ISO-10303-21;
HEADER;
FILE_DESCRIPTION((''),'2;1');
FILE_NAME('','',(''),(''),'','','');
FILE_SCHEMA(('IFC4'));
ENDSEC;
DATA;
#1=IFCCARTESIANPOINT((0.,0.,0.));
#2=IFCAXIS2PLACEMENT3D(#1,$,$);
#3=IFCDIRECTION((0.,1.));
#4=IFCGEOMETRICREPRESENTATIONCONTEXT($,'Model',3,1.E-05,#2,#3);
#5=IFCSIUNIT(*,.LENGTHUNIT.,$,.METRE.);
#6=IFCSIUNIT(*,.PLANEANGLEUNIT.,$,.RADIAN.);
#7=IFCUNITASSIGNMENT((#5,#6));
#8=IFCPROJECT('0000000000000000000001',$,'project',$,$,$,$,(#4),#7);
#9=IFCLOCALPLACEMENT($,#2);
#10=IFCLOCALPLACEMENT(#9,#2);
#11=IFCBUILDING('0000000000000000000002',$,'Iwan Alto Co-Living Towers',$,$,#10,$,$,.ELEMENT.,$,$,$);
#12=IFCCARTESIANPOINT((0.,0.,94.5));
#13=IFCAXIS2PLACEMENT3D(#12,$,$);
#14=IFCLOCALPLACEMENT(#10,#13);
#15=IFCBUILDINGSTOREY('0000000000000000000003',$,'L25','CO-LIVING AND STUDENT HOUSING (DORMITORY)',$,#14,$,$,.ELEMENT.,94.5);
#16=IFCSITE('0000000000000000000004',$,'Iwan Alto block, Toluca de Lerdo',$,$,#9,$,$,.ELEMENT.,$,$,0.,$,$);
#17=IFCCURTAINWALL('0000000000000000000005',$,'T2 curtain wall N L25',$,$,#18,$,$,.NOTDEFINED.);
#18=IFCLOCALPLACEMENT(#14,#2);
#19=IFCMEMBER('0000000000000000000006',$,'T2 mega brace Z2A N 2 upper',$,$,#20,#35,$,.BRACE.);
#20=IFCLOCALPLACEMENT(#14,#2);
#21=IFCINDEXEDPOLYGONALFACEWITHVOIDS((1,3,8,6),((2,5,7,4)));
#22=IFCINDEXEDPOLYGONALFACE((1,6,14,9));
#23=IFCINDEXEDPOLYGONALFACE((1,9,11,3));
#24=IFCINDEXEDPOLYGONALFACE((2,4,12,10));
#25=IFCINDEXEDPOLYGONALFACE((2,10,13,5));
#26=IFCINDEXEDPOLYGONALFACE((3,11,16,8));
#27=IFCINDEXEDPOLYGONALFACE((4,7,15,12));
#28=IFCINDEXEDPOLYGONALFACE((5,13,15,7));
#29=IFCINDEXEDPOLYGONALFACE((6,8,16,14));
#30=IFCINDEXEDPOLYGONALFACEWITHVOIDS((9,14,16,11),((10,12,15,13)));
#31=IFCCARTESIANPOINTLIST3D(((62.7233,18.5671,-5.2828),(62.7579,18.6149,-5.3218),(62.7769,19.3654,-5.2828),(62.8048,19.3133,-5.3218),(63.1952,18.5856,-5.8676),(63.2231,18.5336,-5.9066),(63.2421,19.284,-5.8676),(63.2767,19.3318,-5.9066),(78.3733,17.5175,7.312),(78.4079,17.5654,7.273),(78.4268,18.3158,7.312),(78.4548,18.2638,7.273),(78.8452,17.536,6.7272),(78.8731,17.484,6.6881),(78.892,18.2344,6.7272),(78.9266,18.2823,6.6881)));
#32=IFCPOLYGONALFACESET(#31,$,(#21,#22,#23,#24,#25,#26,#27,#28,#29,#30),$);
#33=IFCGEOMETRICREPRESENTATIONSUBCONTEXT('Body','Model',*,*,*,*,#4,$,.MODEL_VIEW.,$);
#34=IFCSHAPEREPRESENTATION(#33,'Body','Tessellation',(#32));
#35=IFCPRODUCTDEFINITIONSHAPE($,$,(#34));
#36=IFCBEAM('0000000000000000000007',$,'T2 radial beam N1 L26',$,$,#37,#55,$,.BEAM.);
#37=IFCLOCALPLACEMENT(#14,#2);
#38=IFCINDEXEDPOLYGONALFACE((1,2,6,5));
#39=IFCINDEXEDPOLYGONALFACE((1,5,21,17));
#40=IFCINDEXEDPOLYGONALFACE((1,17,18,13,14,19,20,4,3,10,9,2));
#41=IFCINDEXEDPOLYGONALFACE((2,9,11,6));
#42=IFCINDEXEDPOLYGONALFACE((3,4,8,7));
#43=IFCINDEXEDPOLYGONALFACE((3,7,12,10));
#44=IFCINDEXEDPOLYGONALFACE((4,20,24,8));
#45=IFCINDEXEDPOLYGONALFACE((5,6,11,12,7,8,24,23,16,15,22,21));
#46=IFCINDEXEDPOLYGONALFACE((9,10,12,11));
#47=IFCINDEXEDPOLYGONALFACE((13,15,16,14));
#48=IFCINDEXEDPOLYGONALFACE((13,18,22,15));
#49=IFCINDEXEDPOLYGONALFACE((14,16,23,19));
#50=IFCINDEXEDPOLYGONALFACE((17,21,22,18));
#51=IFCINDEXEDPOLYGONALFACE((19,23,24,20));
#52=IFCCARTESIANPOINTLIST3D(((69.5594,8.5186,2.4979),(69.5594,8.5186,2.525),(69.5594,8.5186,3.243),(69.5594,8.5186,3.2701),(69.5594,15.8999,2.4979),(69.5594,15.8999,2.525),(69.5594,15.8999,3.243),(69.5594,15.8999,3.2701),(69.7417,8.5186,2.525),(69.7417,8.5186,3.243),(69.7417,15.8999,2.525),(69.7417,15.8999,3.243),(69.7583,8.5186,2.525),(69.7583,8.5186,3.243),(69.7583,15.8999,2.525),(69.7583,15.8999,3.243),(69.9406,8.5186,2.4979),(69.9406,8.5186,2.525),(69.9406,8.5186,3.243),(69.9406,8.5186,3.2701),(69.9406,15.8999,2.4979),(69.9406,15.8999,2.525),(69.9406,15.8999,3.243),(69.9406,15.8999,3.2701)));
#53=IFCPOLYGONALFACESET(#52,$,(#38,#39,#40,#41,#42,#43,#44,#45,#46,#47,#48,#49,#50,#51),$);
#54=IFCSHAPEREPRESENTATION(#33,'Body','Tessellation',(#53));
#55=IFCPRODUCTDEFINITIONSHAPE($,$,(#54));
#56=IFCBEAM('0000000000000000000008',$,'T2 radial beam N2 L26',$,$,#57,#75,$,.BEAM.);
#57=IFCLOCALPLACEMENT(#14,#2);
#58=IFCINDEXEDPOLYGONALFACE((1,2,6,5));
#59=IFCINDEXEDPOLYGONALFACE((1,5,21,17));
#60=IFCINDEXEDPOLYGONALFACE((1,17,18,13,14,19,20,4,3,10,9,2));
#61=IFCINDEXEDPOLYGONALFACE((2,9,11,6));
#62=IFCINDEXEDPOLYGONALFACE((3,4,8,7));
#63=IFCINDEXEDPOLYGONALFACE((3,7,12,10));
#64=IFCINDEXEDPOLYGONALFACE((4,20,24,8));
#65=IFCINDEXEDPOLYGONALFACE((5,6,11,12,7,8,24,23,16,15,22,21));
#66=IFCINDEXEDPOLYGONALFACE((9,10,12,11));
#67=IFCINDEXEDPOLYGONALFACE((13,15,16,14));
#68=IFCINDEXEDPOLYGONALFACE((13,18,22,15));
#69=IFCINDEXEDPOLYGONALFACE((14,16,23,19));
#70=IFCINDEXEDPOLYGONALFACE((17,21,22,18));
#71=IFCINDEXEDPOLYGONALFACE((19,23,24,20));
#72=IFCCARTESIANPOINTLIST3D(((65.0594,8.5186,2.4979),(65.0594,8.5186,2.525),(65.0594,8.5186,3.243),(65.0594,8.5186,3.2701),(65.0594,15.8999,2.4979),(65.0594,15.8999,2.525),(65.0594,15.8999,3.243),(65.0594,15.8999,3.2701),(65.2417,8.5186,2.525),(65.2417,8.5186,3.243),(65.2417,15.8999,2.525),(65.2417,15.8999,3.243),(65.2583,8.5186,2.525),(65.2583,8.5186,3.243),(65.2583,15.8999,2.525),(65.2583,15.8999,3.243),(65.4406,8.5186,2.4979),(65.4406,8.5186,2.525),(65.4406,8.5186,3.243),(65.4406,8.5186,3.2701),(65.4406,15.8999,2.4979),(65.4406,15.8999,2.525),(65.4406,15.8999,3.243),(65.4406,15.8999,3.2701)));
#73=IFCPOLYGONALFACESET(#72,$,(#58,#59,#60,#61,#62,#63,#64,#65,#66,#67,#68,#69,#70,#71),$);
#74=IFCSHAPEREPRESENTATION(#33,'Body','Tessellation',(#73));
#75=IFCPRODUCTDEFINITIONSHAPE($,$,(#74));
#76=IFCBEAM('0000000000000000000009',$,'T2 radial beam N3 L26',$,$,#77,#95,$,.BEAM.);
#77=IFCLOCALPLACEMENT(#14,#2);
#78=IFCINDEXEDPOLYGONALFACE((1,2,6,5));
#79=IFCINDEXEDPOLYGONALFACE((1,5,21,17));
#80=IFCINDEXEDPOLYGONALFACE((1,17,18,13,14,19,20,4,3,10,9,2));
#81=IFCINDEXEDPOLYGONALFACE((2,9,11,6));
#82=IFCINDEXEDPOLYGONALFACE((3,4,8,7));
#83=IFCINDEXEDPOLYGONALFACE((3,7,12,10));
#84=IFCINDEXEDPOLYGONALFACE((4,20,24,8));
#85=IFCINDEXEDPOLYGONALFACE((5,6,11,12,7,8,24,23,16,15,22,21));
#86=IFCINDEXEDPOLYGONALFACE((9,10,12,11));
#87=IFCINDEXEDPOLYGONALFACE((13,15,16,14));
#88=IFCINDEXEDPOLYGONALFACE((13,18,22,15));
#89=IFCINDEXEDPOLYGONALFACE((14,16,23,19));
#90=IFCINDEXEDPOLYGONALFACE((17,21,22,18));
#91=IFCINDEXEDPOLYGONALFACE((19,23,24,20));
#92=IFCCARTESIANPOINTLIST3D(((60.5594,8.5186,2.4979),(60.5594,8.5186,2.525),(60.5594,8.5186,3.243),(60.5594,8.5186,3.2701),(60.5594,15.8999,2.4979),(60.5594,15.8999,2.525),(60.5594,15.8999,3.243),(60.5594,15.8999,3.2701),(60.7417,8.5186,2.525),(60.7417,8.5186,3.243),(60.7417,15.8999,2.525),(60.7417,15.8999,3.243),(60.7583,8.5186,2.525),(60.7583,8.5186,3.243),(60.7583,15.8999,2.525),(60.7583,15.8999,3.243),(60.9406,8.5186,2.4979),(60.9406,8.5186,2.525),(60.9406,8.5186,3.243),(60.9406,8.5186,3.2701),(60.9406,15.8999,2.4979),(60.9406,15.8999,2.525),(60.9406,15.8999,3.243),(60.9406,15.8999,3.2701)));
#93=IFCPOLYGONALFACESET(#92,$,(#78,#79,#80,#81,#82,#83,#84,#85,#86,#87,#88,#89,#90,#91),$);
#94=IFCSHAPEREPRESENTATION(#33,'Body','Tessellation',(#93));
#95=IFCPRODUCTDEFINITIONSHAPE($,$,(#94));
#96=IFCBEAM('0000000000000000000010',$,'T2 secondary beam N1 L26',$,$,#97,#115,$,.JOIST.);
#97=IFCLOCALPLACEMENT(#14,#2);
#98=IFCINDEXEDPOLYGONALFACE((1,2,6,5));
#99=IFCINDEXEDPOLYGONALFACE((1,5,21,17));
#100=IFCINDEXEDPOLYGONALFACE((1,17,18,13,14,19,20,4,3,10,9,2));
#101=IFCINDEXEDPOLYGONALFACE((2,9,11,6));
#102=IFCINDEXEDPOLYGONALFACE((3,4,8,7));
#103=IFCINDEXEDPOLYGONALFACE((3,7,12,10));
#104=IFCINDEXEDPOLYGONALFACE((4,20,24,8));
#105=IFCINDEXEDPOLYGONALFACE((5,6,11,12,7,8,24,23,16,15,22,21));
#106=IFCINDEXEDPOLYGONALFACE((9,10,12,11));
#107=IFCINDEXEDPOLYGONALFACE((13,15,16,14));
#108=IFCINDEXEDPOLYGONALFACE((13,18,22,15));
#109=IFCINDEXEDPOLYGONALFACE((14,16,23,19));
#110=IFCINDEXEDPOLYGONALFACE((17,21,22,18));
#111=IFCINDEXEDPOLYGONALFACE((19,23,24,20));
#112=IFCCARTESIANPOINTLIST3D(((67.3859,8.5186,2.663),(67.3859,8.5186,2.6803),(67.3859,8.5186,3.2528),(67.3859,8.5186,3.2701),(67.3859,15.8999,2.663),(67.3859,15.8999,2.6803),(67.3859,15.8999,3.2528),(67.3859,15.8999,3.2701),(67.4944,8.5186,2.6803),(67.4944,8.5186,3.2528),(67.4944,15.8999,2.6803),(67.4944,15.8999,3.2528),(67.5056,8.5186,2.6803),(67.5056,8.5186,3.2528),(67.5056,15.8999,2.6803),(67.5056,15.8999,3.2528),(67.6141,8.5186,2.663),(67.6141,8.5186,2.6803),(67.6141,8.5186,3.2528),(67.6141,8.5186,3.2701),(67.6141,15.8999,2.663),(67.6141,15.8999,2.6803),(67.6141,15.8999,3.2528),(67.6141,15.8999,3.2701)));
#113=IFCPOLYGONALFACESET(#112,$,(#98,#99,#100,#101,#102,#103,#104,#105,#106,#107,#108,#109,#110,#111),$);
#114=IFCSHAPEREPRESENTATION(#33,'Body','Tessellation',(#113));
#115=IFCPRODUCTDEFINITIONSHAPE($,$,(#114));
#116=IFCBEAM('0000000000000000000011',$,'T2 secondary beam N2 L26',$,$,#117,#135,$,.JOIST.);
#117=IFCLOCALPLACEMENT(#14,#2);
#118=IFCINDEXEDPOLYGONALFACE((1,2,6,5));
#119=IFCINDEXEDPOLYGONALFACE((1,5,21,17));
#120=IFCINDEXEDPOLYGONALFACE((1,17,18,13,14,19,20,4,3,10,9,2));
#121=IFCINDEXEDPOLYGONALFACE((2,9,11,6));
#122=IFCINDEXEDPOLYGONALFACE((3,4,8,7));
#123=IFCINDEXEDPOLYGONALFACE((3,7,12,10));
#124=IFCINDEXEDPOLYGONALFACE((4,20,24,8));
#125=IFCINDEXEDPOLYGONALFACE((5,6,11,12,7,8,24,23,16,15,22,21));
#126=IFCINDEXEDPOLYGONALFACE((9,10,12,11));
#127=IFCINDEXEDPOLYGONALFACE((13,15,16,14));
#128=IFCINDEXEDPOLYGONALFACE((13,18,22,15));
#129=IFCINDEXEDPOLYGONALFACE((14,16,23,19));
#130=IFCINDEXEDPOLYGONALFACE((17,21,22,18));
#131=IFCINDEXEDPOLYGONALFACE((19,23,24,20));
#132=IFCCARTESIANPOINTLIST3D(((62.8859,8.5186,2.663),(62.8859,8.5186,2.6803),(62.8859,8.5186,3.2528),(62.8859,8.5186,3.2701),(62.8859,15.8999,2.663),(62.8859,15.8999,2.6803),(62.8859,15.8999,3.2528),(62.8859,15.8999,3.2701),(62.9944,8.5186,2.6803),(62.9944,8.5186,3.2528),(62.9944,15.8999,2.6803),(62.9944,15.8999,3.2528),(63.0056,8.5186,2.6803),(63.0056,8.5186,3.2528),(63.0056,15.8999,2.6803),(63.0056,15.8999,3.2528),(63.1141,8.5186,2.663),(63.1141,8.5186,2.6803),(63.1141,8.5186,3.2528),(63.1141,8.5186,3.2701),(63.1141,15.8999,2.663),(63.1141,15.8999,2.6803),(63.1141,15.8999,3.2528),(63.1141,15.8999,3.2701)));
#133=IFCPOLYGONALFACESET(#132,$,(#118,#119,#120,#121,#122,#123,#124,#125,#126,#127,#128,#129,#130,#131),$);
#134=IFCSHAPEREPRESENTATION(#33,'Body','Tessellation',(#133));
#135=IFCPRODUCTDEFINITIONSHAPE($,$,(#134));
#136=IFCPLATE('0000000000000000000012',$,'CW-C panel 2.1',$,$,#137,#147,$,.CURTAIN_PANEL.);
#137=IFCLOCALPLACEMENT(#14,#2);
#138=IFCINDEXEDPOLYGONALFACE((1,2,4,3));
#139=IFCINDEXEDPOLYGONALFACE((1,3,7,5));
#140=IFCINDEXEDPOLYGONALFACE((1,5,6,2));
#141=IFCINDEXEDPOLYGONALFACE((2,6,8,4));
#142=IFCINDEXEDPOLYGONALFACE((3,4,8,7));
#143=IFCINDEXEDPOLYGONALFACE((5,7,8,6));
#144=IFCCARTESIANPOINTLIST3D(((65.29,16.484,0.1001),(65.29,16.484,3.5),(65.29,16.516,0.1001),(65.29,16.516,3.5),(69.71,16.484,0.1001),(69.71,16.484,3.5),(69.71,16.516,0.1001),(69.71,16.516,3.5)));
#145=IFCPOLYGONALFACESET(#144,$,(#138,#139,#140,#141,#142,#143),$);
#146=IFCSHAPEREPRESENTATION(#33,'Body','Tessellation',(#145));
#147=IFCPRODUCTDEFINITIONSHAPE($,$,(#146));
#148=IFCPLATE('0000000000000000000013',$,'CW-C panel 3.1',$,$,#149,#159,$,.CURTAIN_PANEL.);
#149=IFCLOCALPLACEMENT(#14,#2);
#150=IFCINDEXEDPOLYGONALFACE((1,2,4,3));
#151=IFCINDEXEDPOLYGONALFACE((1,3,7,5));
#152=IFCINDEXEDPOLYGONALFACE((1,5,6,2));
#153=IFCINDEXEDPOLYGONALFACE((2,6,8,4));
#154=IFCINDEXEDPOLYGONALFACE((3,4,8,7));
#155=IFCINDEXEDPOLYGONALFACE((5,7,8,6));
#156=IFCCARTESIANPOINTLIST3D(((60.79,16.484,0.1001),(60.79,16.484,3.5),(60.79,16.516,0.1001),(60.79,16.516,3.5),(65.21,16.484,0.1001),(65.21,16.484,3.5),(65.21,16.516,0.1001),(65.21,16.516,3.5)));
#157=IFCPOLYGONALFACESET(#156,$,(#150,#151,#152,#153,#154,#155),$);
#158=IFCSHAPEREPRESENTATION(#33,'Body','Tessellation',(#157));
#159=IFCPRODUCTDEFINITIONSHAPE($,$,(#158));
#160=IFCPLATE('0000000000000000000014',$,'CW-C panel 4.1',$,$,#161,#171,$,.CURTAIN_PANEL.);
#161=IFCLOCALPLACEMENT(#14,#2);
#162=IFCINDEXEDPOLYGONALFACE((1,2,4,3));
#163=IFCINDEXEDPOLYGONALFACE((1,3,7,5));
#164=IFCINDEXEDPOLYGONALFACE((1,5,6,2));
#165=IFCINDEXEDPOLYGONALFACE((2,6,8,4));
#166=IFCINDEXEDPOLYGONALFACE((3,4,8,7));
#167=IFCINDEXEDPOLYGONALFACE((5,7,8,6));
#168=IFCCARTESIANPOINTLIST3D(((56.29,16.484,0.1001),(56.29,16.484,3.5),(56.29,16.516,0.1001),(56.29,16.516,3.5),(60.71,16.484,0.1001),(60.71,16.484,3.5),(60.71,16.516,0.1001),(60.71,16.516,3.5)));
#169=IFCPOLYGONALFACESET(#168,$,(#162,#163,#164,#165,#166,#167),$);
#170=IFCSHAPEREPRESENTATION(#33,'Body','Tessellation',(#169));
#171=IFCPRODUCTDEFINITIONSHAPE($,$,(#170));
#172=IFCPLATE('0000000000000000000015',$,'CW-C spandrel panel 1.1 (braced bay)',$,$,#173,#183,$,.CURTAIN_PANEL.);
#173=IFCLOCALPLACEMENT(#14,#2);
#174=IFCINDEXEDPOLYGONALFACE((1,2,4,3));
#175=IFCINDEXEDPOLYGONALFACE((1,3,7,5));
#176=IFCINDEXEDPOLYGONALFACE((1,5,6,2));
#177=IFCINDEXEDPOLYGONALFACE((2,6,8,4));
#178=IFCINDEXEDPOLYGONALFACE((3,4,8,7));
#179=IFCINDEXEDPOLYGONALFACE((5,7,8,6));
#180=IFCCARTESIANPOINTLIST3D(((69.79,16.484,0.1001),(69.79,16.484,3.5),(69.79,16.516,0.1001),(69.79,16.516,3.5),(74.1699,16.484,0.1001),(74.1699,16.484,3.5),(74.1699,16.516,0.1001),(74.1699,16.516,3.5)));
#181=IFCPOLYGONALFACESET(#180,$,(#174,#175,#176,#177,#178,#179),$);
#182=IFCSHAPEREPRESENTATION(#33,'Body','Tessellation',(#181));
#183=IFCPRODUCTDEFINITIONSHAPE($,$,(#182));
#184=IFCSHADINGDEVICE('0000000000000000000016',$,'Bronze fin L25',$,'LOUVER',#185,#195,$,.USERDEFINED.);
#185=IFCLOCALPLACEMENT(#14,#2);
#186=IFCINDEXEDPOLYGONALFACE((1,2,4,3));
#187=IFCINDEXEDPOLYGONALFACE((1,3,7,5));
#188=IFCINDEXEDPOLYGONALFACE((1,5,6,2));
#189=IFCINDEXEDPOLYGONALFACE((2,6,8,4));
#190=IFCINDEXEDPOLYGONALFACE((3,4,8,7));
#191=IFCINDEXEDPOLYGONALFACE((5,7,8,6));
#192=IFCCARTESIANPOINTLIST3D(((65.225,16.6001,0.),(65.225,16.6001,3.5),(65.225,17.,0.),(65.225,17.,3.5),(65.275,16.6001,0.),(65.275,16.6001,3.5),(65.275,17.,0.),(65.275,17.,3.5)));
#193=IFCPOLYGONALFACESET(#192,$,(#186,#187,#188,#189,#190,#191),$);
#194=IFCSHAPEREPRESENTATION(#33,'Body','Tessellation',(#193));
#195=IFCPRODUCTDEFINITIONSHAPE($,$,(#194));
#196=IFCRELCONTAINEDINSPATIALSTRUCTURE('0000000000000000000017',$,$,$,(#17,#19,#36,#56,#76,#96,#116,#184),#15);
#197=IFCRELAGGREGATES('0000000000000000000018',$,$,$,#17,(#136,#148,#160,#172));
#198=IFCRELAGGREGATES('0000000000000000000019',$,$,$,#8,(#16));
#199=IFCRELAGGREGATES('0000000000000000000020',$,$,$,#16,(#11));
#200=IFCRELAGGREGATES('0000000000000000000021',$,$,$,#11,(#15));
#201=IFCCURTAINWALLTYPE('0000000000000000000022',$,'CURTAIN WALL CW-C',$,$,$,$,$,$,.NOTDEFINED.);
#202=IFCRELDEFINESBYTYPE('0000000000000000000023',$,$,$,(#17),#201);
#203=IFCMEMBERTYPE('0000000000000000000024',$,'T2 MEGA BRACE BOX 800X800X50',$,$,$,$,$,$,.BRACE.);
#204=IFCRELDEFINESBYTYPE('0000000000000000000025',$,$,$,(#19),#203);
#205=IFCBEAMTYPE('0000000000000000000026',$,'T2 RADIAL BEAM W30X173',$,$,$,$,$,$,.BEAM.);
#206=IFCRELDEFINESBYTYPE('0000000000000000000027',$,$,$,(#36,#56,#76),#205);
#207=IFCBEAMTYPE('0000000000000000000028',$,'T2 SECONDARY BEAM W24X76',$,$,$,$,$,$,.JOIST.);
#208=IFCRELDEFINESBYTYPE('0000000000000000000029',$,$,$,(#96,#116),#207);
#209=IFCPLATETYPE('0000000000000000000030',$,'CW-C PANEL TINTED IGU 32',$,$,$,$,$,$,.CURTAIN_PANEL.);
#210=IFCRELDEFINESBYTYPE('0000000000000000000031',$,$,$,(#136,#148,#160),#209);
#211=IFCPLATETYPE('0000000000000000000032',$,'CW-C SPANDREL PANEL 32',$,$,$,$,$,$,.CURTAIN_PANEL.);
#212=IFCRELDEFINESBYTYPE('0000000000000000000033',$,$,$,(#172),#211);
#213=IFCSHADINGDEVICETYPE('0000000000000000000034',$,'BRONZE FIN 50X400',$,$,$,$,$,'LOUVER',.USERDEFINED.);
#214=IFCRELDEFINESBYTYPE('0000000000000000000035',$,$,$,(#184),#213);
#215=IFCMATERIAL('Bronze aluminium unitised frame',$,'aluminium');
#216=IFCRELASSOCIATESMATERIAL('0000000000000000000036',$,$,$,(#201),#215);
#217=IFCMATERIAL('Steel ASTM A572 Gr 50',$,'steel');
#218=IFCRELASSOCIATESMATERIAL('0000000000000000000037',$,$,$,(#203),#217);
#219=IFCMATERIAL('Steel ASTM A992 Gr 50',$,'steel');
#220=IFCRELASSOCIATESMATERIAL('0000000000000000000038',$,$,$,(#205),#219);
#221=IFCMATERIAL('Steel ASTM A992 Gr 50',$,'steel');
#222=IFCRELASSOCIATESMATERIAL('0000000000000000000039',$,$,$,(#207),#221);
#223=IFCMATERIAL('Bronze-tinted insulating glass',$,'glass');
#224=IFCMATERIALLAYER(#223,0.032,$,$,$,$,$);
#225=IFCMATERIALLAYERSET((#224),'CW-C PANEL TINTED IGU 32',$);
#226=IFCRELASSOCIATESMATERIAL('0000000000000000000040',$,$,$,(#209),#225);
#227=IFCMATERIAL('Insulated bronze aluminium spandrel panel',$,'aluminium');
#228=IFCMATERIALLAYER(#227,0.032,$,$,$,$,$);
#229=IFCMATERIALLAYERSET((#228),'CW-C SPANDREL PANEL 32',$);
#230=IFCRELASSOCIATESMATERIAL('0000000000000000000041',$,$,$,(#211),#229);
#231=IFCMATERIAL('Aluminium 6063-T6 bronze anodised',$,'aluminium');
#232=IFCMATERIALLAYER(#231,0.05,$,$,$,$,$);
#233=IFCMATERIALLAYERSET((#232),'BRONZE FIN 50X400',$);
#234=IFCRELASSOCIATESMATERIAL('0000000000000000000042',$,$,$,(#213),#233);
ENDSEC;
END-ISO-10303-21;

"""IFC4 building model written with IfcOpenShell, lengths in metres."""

from ifc_helpers import new_model, si_unit, direction, frame, origin, origin_2d, place, context, subcontext, project, spatial, rectangle, hollow_rectangle, i_section, extrude, material, layer, layer_set, material_profile, profile_set, type_object, element, aggregate, save


model = new_model("IFC4")

# Units and contexts
model_context = context("Model", 3, precision=1e-05, world=origin(), true_north=direction((0.0, 1.0)))
body_context = subcontext(model_context, "Body", "Model", "MODEL_VIEW")
ifc_project = project(units=[si_unit("LENGTHUNIT", "METRE"), si_unit("PLANEANGLEUNIT", "RADIAN")], contexts=[model_context])

# Site, building, storey
site_placement = place(None, origin())
site = spatial("IfcSite", under=ifc_project, at=site_placement, Name="Iwan Alto block, Toluca de Lerdo", CompositionType="ELEMENT", RefElevation=0.0)
building_placement = place(site_placement, origin())
building = spatial("IfcBuilding", under=site, at=building_placement, Name="Iwan Alto Co-Living Towers", CompositionType="ELEMENT")
storey_placement = place(building_placement, frame((0.0, 0.0, 94.5)))
storey = spatial("IfcBuildingStorey", under=building, at=storey_placement, Name="L25", Description="CO-LIVING AND STUDENT HOUSING (DORMITORY)", CompositionType="ELEMENT", Elevation=94.5)

# Curtain wall
ifc_material_1 = material(Name="Bronze aluminium unitised frame", Category="aluminium")
curtain_wall_type = type_object("IfcCurtainWallType", Name="CURTAIN WALL CW-C", PredefinedType="NOTDEFINED", material=ifc_material_1)
curtain_wall_placement = place(storey_placement, origin())
curtain_wall = element("IfcCurtainWall", 1, at=curtain_wall_placement, inside=storey, type_object=curtain_wall_type, Name="T2 curtain wall N L25", PredefinedType="NOTDEFINED")

# Member
ifc_material_2 = material(Name="Steel ASTM A572 Gr 50", Category="steel")
ifc_material_profile_1 = material_profile(ifc_material_2, hollow_rectangle(XDim=0.8, YDim=0.8, WallThickness=0.05, at=origin_2d()), Name="BOX 800X800X50")
ifc_profile_set_1 = profile_set([ifc_material_profile_1], Name="Steel ASTM A572 Gr 50")
member_type_1 = type_object("IfcMemberType", Name="T2 MEGA BRACE BOX 800X800X50", PredefinedType="BRACE", material=ifc_profile_set_1)
for number, where, z_axis, x_axis, name in (
    (2, (63.0, 18.9495, -5.5947), (0.777988, -0.052176, 0.626109), (0.066915, 0.997759, 0.0), "T2 mega brace Z2A N 2 upper"),
):
    element("IfcMember", number, at=place(storey_placement, frame(where, z_axis=z_axis, x_axis=x_axis)), inside=storey, type_object=member_type_1, Name=name, PredefinedType="BRACE", context=body_context, shape_type="SweptSolid", body=[
        extrude(hollow_rectangle(XDim=0.8, YDim=0.8, WallThickness=0.05, at=origin_2d()), origin(), (0.0, 0.0, 1.0), 20.116),
    ])

# Beams
ifc_material_3 = material(Name="Steel ASTM A992 Gr 50", Category="steel")
ifc_material_profile_2 = material_profile(ifc_material_3, i_section(OverallWidth=0.3811, OverallDepth=0.7722, WebThickness=0.0166, FlangeThickness=0.0271, at=origin_2d()), Name="W30X173")
ifc_profile_set_2 = profile_set([ifc_material_profile_2], Name="Steel ASTM A992 Gr 50")
beam_type_1 = type_object("IfcBeamType", Name="T2 RADIAL BEAM W30X173", PredefinedType="BEAM", material=ifc_profile_set_2)
for number, where, z_axis, x_axis, name in (
    (3, (69.75, 15.8999, 2.884), (0.0, -1.0, 0.0), (1.0, 0.0, 0.0), "T2 radial beam N1 L26"),
    (4, (65.25, 15.8999, 2.884), (0.0, -1.0, 0.0), (1.0, 0.0, 0.0), "T2 radial beam N2 L26"),
    (5, (60.75, 15.8999, 2.884), (0.0, -1.0, 0.0), (1.0, 0.0, 0.0), "T2 radial beam N3 L26"),
):
    element("IfcBeam", number, at=place(storey_placement, frame(where, z_axis=z_axis, x_axis=x_axis)), inside=storey, type_object=beam_type_1, Name=name, PredefinedType="BEAM", context=body_context, shape_type="SweptSolid", body=[
        extrude(i_section(OverallWidth=0.3811, OverallDepth=0.7722, WebThickness=0.0166, FlangeThickness=0.0271, at=origin_2d()), origin(), (0.0, 0.0, 1.0), 7.3813),
    ])
ifc_material_4 = material(Name="Steel ASTM A992 Gr 50", Category="steel")
ifc_material_profile_3 = material_profile(ifc_material_4, i_section(OverallWidth=0.2283, OverallDepth=0.6072, WebThickness=0.0112, FlangeThickness=0.0173, at=origin_2d()), Name="W24X76")
ifc_profile_set_3 = profile_set([ifc_material_profile_3], Name="Steel ASTM A992 Gr 50")
beam_type_2 = type_object("IfcBeamType", Name="T2 SECONDARY BEAM W24X76", PredefinedType="JOIST", material=ifc_profile_set_3)
for number, where, z_axis, x_axis, name in (
    (6, (67.5, 15.8999, 2.9666), (0.0, -1.0, 0.0), (1.0, 0.0, 0.0), "T2 secondary beam N1 L26"),
    (7, (63.0, 15.8999, 2.9666), (0.0, -1.0, 0.0), (1.0, 0.0, 0.0), "T2 secondary beam N2 L26"),
):
    element("IfcBeam", number, at=place(storey_placement, frame(where, z_axis=z_axis, x_axis=x_axis)), inside=storey, type_object=beam_type_2, Name=name, PredefinedType="JOIST", context=body_context, shape_type="SweptSolid", body=[
        extrude(i_section(OverallWidth=0.2283, OverallDepth=0.6072, WebThickness=0.0112, FlangeThickness=0.0173, at=origin_2d()), origin(), (0.0, 0.0, 1.0), 7.3813),
    ])

# Plates
ifc_material_5 = material(Name="Bronze-tinted insulating glass", Category="glass")
ifc_layer_1 = layer(ifc_material_5, 0.032)
ifc_layer_set_1 = layer_set([ifc_layer_1], Name="CW-C PANEL TINTED IGU 32")
plate_type_1 = type_object("IfcPlateType", Name="CW-C PANEL TINTED IGU 32", PredefinedType="CURTAIN_PANEL", material=ifc_layer_set_1)
plate_1_placement = place(storey_placement, frame((67.5, 16.5, 0.1001), z_axis=(0.0, 0.0, 1.0), x_axis=(-1.0, 0.0, 0.0)))
plate_1 = element("IfcPlate", 8, at=plate_1_placement, type_object=plate_type_1, Name="CW-C panel 2.1", PredefinedType="CURTAIN_PANEL", context=body_context, shape_type="SweptSolid", body=[
    extrude(rectangle(XDim=4.4199, YDim=0.032, at=origin_2d()), origin(), (0.0, 0.0, 1.0), 3.3999),
])
plate_2_placement = place(storey_placement, frame((63.0, 16.5, 0.1001), z_axis=(0.0, 0.0, 1.0), x_axis=(-1.0, 0.0, 0.0)))
plate_2 = element("IfcPlate", 9, at=plate_2_placement, type_object=plate_type_1, Name="CW-C panel 3.1", PredefinedType="CURTAIN_PANEL", context=body_context, shape_type="SweptSolid", body=[
    extrude(rectangle(XDim=4.4199, YDim=0.032, at=origin_2d()), origin(), (0.0, 0.0, 1.0), 3.3999),
])
plate_3_placement = place(storey_placement, frame((58.5, 16.5, 0.1001), z_axis=(0.0, 0.0, 1.0), x_axis=(-1.0, 0.0, 0.0)))
plate_3 = element("IfcPlate", 10, at=plate_3_placement, type_object=plate_type_1, Name="CW-C panel 4.1", PredefinedType="CURTAIN_PANEL", context=body_context, shape_type="SweptSolid", body=[
    extrude(rectangle(XDim=4.4199, YDim=0.032, at=origin_2d()), origin(), (0.0, 0.0, 1.0), 3.3999),
])
ifc_material_6 = material(Name="Insulated bronze aluminium spandrel panel", Category="aluminium")
ifc_layer_2 = layer(ifc_material_6, 0.032)
ifc_layer_set_2 = layer_set([ifc_layer_2], Name="CW-C SPANDREL PANEL 32")
plate_type_2 = type_object("IfcPlateType", Name="CW-C SPANDREL PANEL 32", PredefinedType="CURTAIN_PANEL", material=ifc_layer_set_2)
plate_4_placement = place(storey_placement, frame((71.98, 16.5, 0.1001), z_axis=(0.0, 0.0, 1.0), x_axis=(-1.0, 0.0, 0.0)))
plate_4 = element("IfcPlate", 11, at=plate_4_placement, type_object=plate_type_2, Name="CW-C spandrel panel 1.1 (braced bay)", PredefinedType="CURTAIN_PANEL", context=body_context, shape_type="SweptSolid", body=[
    extrude(rectangle(XDim=4.3799, YDim=0.032, at=origin_2d()), origin(), (0.0, 0.0, 1.0), 3.3999),
])
aggregate(curtain_wall, [plate_1, plate_2, plate_3, plate_4])

# Shading device
ifc_material_7 = material(Name="Aluminium 6063-T6 bronze anodised", Category="aluminium")
ifc_layer_3 = layer(ifc_material_7, 0.05)
ifc_layer_set_3 = layer_set([ifc_layer_3], Name="BRONZE FIN 50X400")
shading_device_type = type_object("IfcShadingDeviceType", Name="BRONZE FIN 50X400", ElementType="LOUVER", PredefinedType="USERDEFINED", material=ifc_layer_set_3)
shading_device_placement = place(storey_placement, frame((65.25, 16.8, 0.0), z_axis=(0.0, 0.0, 1.0), x_axis=(-1.0, 0.0, 0.0)))
element("IfcShadingDevice", 12, at=shading_device_placement, inside=storey, type_object=shading_device_type, Name="Bronze fin L25", ObjectType="LOUVER", PredefinedType="USERDEFINED", context=body_context, shape_type="SweptSolid", body=[
    extrude(rectangle(XDim=0.05, YDim=0.3999, at=origin_2d()), origin(), (0.0, 0.0, 1.0), 3.5),
])

save(model, "model.ifc")
